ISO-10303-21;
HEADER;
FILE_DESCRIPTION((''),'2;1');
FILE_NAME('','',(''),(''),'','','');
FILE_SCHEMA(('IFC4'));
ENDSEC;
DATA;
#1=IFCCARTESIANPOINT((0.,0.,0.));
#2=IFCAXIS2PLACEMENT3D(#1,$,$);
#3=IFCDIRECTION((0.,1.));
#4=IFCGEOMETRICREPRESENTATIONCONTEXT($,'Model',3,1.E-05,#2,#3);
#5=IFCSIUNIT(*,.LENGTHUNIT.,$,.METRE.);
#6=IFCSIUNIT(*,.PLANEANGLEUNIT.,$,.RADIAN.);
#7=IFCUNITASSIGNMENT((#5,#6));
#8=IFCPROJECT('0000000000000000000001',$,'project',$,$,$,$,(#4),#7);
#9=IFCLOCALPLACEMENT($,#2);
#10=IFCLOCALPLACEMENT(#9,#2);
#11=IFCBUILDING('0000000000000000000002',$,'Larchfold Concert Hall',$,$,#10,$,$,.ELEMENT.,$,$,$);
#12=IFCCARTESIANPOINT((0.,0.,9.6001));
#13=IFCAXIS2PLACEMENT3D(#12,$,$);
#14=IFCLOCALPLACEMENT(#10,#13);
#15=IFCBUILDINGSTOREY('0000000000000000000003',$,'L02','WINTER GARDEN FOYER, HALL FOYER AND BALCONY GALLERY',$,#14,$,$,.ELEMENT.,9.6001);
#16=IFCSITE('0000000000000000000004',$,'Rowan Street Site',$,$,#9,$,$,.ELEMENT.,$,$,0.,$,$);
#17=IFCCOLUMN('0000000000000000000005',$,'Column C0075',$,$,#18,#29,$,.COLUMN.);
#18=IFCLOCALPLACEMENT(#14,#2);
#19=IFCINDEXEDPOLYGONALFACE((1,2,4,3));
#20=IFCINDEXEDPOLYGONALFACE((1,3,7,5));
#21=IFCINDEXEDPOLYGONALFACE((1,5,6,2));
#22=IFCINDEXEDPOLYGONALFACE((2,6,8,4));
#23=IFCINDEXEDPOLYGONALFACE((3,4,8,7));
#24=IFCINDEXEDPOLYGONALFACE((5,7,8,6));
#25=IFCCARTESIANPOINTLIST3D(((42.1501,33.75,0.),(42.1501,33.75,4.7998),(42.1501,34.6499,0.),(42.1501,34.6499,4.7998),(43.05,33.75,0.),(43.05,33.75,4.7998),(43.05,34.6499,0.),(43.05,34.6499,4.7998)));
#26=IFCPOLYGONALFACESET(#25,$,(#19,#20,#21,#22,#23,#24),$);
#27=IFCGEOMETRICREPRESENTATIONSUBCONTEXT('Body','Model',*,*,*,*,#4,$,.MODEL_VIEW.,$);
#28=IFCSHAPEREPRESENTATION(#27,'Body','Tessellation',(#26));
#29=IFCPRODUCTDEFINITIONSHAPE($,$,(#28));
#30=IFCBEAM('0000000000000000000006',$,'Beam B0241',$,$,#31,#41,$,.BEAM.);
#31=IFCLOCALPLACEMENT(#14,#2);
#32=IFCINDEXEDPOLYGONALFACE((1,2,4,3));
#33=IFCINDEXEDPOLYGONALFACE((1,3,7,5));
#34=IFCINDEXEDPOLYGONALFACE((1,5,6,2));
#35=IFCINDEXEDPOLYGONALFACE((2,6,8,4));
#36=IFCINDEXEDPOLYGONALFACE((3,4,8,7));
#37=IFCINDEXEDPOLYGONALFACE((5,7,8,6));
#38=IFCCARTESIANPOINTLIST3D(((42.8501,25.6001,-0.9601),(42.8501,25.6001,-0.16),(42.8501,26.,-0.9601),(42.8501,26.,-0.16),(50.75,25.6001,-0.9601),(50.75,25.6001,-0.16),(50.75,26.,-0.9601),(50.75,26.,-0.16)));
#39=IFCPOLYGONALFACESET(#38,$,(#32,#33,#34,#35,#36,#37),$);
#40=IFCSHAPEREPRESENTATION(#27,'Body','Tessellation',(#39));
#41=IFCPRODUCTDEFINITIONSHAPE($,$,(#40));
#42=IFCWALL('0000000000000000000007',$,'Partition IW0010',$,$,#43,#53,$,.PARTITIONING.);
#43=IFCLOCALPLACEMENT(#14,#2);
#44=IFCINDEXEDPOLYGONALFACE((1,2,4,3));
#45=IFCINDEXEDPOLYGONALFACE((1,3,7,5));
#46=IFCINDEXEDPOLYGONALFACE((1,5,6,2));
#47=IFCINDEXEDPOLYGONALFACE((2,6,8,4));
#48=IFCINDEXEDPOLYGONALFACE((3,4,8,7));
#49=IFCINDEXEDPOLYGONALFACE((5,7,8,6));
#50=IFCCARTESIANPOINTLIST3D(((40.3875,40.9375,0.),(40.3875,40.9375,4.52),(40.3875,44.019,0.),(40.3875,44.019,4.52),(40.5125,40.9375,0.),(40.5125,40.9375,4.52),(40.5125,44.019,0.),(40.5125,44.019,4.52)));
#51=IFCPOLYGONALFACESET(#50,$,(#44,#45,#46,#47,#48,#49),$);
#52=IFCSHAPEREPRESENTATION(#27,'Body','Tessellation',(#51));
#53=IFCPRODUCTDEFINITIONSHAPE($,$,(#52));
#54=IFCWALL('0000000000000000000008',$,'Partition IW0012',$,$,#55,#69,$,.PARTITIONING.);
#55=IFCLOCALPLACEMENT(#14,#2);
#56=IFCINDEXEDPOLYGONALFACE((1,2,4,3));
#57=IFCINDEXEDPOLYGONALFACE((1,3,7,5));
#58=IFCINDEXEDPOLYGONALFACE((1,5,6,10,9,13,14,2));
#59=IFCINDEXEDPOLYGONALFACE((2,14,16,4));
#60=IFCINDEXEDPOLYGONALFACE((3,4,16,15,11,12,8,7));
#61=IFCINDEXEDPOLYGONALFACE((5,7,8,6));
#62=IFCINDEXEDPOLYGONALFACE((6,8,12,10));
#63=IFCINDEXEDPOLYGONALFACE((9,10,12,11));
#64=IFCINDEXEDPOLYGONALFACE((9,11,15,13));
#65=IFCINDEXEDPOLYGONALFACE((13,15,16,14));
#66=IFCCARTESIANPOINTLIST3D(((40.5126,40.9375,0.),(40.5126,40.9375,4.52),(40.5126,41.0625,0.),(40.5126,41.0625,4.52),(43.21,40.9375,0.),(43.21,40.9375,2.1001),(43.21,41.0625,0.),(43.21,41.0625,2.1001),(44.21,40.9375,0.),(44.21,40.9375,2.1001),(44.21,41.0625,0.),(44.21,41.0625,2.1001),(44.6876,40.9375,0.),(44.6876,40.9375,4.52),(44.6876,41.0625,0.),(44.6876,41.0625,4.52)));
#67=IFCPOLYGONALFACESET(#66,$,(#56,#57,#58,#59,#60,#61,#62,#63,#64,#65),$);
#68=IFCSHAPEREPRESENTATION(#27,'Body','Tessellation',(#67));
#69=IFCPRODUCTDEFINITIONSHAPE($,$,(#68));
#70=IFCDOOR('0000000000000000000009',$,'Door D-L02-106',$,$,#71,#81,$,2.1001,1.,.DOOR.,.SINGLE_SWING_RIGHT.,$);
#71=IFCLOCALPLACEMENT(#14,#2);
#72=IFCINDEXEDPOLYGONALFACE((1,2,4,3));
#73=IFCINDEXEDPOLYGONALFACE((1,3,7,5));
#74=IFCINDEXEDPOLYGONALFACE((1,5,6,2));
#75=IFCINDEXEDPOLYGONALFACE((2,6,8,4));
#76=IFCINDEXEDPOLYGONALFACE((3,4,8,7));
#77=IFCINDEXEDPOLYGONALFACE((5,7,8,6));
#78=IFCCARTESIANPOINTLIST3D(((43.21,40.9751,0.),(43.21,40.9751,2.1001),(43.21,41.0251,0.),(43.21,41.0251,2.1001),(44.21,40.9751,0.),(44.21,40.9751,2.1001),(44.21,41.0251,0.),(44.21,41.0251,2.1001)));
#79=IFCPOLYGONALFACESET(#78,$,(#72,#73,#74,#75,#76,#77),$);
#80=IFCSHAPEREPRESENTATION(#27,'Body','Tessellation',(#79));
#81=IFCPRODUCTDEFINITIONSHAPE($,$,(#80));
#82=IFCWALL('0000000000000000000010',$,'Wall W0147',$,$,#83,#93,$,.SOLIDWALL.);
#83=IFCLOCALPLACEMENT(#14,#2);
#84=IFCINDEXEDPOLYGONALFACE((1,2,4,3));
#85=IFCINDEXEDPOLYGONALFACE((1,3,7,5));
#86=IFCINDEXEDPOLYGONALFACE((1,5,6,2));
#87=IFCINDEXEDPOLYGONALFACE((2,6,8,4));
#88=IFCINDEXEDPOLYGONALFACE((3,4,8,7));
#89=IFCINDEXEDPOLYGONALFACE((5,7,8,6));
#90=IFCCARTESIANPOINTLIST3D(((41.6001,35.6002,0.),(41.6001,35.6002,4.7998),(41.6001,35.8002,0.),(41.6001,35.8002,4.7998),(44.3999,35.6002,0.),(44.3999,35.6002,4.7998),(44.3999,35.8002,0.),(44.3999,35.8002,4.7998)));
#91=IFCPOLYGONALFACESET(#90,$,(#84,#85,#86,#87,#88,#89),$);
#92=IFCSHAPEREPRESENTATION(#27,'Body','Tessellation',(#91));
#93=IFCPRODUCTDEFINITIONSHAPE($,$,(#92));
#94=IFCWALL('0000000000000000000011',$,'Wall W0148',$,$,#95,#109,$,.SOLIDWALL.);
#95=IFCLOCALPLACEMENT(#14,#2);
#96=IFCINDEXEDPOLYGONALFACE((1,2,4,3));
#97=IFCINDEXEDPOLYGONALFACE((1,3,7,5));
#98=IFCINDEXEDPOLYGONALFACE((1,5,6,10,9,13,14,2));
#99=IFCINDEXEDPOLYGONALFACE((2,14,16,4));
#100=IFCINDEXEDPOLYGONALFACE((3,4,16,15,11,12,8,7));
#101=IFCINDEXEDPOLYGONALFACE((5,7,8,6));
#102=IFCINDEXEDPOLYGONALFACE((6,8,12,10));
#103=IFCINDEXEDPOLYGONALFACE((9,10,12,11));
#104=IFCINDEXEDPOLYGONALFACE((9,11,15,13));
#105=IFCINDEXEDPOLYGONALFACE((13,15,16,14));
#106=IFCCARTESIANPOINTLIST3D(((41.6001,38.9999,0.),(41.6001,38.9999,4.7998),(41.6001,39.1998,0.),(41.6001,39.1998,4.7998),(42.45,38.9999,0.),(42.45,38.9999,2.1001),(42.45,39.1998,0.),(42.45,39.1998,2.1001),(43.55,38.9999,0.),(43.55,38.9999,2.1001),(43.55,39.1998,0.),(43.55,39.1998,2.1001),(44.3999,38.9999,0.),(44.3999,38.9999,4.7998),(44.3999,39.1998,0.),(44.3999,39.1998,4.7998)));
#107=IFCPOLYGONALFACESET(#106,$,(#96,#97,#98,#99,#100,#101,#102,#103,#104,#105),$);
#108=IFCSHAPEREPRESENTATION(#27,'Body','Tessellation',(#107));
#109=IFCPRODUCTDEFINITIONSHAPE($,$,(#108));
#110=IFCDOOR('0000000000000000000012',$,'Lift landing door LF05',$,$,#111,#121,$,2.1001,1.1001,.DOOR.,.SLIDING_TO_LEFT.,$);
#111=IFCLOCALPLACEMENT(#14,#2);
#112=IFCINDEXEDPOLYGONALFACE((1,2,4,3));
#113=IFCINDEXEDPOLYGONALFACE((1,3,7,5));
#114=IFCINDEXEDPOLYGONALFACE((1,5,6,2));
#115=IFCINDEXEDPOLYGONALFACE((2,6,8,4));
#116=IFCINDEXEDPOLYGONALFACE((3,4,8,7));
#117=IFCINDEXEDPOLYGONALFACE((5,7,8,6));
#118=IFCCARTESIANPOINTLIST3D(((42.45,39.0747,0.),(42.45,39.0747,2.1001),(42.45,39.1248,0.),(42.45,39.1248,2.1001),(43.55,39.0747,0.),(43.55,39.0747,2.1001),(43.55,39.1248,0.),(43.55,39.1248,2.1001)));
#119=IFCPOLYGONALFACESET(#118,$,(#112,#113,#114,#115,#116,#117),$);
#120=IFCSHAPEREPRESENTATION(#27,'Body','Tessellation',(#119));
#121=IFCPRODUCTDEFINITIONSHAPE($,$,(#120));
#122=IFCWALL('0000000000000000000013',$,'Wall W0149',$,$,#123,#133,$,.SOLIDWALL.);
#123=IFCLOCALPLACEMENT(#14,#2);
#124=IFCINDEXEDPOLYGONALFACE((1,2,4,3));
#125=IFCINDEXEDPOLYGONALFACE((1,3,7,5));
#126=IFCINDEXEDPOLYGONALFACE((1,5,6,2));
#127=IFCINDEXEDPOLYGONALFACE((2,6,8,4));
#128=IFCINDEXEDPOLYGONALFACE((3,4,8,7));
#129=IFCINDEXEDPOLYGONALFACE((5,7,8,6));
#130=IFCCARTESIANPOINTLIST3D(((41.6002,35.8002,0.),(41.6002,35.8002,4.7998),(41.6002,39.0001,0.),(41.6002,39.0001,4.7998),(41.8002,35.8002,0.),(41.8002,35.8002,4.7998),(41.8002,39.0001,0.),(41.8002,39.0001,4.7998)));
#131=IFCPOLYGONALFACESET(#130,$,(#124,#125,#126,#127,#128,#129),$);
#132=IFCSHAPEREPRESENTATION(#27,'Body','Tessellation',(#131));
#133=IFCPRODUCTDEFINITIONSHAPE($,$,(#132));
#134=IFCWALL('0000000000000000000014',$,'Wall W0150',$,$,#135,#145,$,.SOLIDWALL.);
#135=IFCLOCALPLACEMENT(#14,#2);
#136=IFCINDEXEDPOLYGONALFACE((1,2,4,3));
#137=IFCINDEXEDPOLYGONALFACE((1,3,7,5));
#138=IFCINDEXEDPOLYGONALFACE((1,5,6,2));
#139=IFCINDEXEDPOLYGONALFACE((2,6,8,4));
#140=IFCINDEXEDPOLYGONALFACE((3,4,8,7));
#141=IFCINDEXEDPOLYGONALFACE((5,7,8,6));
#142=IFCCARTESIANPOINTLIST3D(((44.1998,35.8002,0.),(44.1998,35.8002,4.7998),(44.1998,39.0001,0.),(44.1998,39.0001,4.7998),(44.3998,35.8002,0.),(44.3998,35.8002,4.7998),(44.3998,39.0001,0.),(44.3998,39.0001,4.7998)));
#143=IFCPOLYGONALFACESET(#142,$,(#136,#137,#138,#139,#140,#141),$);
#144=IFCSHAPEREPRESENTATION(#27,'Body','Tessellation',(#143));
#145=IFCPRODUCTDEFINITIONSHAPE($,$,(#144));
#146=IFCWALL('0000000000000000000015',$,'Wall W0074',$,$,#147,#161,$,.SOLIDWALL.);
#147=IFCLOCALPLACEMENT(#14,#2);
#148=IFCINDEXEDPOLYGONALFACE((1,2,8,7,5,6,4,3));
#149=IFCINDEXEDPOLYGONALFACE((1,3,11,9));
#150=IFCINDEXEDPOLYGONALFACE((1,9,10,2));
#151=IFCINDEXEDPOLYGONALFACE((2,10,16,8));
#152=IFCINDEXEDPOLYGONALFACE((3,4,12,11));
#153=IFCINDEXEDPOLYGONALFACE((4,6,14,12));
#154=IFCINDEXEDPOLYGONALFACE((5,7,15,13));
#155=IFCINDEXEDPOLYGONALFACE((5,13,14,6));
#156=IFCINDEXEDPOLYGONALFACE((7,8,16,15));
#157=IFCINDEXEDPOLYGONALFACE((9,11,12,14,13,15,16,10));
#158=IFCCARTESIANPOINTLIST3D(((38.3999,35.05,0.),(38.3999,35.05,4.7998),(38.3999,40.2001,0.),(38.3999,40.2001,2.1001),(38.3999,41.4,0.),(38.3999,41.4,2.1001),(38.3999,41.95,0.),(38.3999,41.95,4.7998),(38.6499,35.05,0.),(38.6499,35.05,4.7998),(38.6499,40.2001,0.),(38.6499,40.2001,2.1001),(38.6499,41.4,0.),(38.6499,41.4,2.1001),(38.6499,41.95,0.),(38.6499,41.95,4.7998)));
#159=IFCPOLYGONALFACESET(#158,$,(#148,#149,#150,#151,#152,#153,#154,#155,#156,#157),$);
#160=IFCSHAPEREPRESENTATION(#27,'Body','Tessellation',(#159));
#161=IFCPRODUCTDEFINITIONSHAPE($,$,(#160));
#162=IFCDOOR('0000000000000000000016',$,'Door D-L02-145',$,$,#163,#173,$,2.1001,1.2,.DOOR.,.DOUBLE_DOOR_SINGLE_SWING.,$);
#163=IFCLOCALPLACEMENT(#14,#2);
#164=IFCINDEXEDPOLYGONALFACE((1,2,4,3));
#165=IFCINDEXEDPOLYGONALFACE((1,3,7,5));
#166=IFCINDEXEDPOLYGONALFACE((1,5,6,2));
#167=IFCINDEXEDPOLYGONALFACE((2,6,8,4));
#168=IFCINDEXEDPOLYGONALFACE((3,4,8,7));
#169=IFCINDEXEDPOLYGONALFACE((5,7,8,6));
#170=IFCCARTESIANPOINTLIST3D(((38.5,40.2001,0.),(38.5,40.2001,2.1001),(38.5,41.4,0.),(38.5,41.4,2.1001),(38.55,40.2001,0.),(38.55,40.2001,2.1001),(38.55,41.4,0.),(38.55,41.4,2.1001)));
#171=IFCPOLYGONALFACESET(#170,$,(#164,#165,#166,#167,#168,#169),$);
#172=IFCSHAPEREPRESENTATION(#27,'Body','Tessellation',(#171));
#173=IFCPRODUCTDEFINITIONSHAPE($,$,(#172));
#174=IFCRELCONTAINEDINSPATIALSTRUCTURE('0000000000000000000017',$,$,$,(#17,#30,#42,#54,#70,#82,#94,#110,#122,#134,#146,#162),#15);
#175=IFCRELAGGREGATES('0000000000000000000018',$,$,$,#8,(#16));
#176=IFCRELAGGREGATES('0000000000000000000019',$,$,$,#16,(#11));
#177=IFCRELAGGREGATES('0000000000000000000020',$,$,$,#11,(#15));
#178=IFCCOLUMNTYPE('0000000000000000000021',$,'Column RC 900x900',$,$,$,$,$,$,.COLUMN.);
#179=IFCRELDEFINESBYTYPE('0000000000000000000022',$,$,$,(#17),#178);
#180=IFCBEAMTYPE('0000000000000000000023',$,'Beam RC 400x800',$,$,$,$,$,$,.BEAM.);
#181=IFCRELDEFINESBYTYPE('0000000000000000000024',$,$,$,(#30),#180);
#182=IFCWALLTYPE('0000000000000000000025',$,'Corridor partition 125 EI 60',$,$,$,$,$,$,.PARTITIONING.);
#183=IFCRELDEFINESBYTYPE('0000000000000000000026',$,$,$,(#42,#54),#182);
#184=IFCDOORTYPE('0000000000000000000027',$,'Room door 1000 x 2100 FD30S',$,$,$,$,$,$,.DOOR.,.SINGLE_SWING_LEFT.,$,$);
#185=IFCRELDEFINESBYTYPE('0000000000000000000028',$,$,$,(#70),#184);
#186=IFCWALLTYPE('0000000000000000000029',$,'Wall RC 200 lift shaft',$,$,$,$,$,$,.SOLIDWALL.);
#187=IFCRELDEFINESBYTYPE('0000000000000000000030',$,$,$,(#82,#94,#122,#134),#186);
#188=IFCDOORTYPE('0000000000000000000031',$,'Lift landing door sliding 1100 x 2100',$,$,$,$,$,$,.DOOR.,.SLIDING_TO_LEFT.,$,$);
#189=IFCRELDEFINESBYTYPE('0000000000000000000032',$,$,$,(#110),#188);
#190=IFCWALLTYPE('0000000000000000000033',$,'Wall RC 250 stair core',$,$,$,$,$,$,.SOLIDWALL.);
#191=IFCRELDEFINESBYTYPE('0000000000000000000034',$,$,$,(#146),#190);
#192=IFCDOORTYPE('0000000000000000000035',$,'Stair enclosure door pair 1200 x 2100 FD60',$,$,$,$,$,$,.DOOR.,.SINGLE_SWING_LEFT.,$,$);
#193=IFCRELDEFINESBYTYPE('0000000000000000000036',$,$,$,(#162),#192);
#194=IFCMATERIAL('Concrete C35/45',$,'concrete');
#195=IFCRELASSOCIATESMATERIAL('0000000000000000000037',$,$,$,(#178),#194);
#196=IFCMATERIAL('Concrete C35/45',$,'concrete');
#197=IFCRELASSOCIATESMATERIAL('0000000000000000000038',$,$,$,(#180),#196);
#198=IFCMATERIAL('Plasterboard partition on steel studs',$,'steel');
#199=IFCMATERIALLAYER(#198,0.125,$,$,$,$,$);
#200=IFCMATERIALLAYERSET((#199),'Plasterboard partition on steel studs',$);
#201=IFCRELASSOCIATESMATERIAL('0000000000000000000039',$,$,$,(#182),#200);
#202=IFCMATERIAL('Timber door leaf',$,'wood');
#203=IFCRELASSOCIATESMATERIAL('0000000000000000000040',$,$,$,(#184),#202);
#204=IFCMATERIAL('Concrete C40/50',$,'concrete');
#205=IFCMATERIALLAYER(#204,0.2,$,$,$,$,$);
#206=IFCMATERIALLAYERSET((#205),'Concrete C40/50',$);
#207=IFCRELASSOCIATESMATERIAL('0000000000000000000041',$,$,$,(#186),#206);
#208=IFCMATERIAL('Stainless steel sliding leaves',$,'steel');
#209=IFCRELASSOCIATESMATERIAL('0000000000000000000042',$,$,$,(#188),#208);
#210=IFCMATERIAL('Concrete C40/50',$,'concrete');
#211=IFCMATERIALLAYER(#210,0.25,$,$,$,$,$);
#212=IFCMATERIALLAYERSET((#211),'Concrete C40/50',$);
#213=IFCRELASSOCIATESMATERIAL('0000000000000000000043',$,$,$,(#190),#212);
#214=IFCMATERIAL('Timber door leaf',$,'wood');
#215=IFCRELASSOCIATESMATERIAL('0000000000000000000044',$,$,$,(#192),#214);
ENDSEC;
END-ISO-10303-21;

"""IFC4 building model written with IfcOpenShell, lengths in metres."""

from ifc_helpers import new_model, si_unit, direction, frame, frame_2d, origin, origin_2d, place, context, subcontext, project, spatial, rectangle, extrude, material, layer, layer_set, material_profile, profile_set, type_object, element, fill, save


model = new_model("IFC4")

# Units and contexts
model_context = context("Model", 3, precision=1e-05, world=origin(), true_north=direction((0.0, 1.0)))
body_context = subcontext(model_context, "Body", "Model", "MODEL_VIEW")
ifc_project = project(units=[si_unit("LENGTHUNIT", "METRE"), si_unit("PLANEANGLEUNIT", "RADIAN")], contexts=[model_context])

# Site, building, storey
site_placement = place(None, origin())
site = spatial("IfcSite", under=ifc_project, at=site_placement, Name="Rowan Street Site", CompositionType="ELEMENT", RefElevation=0.0)
building_placement = place(site_placement, origin())
building = spatial("IfcBuilding", under=site, at=building_placement, Name="Larchfold Concert Hall", CompositionType="ELEMENT")
storey_placement = place(building_placement, frame((0.0, 0.0, 9.6001)))
storey = spatial("IfcBuildingStorey", under=building, at=storey_placement, Name="L02", Description="WINTER GARDEN FOYER, HALL FOYER AND BALCONY GALLERY", CompositionType="ELEMENT", Elevation=9.6001)

# Column
ifc_material_1 = material(Name="Concrete C35/45", Category="concrete")
ifc_material_profile_1 = material_profile(ifc_material_1, rectangle(XDim=0.8999, YDim=0.8999, at=origin_2d()))
ifc_profile_set_1 = profile_set([ifc_material_profile_1], Name="Concrete C35/45")
column_type = type_object("IfcColumnType", Name="Column RC 900x900", PredefinedType="COLUMN", material=ifc_profile_set_1)
column_placement = place(storey_placement, frame((42.6001, 34.2, 0.0), z_axis=(0.0, 0.0, 1.0), x_axis=(1.0, 0.0, 0.0)))
element("IfcColumn", 1, at=column_placement, inside=storey, type_object=column_type, Name="Column C0075", PredefinedType="COLUMN", context=body_context, shape_type="SweptSolid", body=[
    extrude(rectangle(XDim=0.8999, YDim=0.8999, at=origin_2d()), origin(), (0.0, 0.0, 1.0), 4.7998),
])

# Beam
ifc_material_2 = material(Name="Concrete C35/45", Category="concrete")
ifc_material_profile_2 = material_profile(ifc_material_2, rectangle(XDim=0.3999, YDim=0.8, at=origin_2d()))
ifc_profile_set_2 = profile_set([ifc_material_profile_2], Name="Concrete C35/45")
beam_type = type_object("IfcBeamType", Name="Beam RC 400x800", PredefinedType="BEAM", material=ifc_profile_set_2)
beam_placement = place(storey_placement, frame((42.8501, 25.8, -0.5601), z_axis=(1.0, 0.0, 0.0), x_axis=(0.0, 1.0, 0.0)))
element("IfcBeam", 2, at=beam_placement, inside=storey, type_object=beam_type, Name="Beam B0241", PredefinedType="BEAM", context=body_context, shape_type="SweptSolid", body=[
    extrude(rectangle(XDim=0.3999, YDim=0.8, at=origin_2d()), origin(), (0.0, 0.0, 1.0), 7.8999),
])

# Wall
ifc_material_3 = material(Name="Plasterboard partition on steel studs", Category="steel")
ifc_layer_1 = layer(ifc_material_3, 0.125)
ifc_layer_set_1 = layer_set([ifc_layer_1], Name="Plasterboard partition on steel studs")
wall_type_1 = type_object("IfcWallType", Name="Corridor partition 125 EI 60", PredefinedType="PARTITIONING", material=ifc_layer_set_1)
wall_1_placement = place(storey_placement, frame((40.45, 40.9375, 0.0), z_axis=(0.0, 0.0, 1.0), x_axis=(0.0, 1.0, 0.0)))
element("IfcWall", 3, at=wall_1_placement, inside=storey, type_object=wall_type_1, Name="Partition IW0010", PredefinedType="PARTITIONING", context=body_context, shape_type="SweptSolid", body=[
    extrude(rectangle(XDim=3.0815, YDim=0.125, at=frame_2d((1.5408, 0.0))), origin(), (0.0, 0.0, 1.0), 4.52),
])

# Wall, opening, door
wall_2_placement = place(storey_placement, frame((44.6875, 41.0, 0.0), z_axis=(0.0, 0.0, 1.0), x_axis=(-1.0, 0.0, 0.0)))
wall_2 = element("IfcWall", 4, at=wall_2_placement, inside=storey, type_object=wall_type_1, Name="Partition IW0012", PredefinedType="PARTITIONING", context=body_context, shape_type="SweptSolid", body=[
    extrude(rectangle(XDim=4.175, YDim=0.125, at=frame_2d((2.0874, 0.0))), origin(), (0.0, 0.0, 1.0), 4.52),
])
opening_1_placement = place(wall_2_placement, frame((0.4775, 0.0, 0.0)))
opening_1 = element("IfcOpeningElement", 5, at=opening_1_placement, cuts=wall_2, PredefinedType="OPENING", context=body_context, shape_type="SweptSolid", body=[
    extrude(rectangle(XDim=1.0, YDim=2.1001, at=frame_2d((0.5, 1.05))), frame((0.0, 0.0725, 0.0), z_axis=(0.0, -1.0, 0.0), x_axis=(1.0, 0.0, 0.0)), (0.0, 0.0, 1.0), 0.145),
])
ifc_material_4 = material(Name="Timber door leaf", Category="wood")
door_type_1 = type_object("IfcDoorType", Name="Room door 1000 x 2100 FD30S", OperationType="SINGLE_SWING_LEFT", PredefinedType="DOOR", material=ifc_material_4)
door_1_placement = place(opening_1_placement, origin())
door_1 = element("IfcDoor", 6, at=door_1_placement, inside=storey, type_object=door_type_1, Name="Door D-L02-106", OperationType="SINGLE_SWING_RIGHT", OverallHeight=2.1001, OverallWidth=1.0, PredefinedType="DOOR", context=body_context, shape_type="SweptSolid", body=[
    extrude(rectangle(XDim=1.0, YDim=2.1001, at=frame_2d((0.5, 1.05))), frame((0.0, 0.0249, 0.0), z_axis=(0.0, -1.0, 0.0), x_axis=(1.0, 0.0, 0.0)), (0.0, 0.0, 1.0), 0.05),
])
fill(opening_1, door_1)

# Wall
ifc_material_5 = material(Name="Concrete C40/50", Category="concrete")
ifc_layer_2 = layer(ifc_material_5, 0.2)
ifc_layer_set_2 = layer_set([ifc_layer_2], Name="Concrete C40/50")
wall_type_2 = type_object("IfcWallType", Name="Wall RC 200 lift shaft", PredefinedType="SOLIDWALL", material=ifc_layer_set_2)
wall_3_placement = place(storey_placement, frame((41.6001, 35.7002, 0.0), z_axis=(0.0, 0.0, 1.0), x_axis=(1.0, 0.0, 0.0)))
element("IfcWall", 7, at=wall_3_placement, inside=storey, type_object=wall_type_2, Name="Wall W0147", PredefinedType="SOLIDWALL", context=body_context, shape_type="SweptSolid", body=[
    extrude(rectangle(XDim=2.7998, YDim=0.2, at=frame_2d((1.3999, 0.0))), origin(), (0.0, 0.0, 1.0), 4.7998),
])

# Wall, opening, door
wall_4_placement = place(storey_placement, frame((41.6001, 39.0999, 0.0), z_axis=(0.0, 0.0, 1.0), x_axis=(1.0, 0.0, 0.0)))
wall_4 = element("IfcWall", 8, at=wall_4_placement, inside=storey, type_object=wall_type_2, Name="Wall W0148", PredefinedType="SOLIDWALL", context=body_context, shape_type="SweptSolid", body=[
    extrude(rectangle(XDim=2.7998, YDim=0.2, at=frame_2d((1.3999, 0.0))), origin(), (0.0, 0.0, 1.0), 4.7998),
])
opening_2_placement = place(wall_4_placement, frame((0.8499, 0.0, 0.0)))
opening_2 = element("IfcOpeningElement", 9, at=opening_2_placement, cuts=wall_4, PredefinedType="OPENING", context=body_context, shape_type="SweptSolid", body=[
    extrude(rectangle(XDim=1.1001, YDim=2.1001, at=frame_2d((0.55, 1.05))), frame((0.0, 0.1099, 0.0), z_axis=(0.0, -1.0, 0.0), x_axis=(1.0, 0.0, 0.0)), (0.0, 0.0, 1.0), 0.22),
])
ifc_material_6 = material(Name="Stainless steel sliding leaves", Category="steel")
door_type_2 = type_object("IfcDoorType", Name="Lift landing door sliding 1100 x 2100", OperationType="SLIDING_TO_LEFT", PredefinedType="DOOR", material=ifc_material_6)
door_2_placement = place(opening_2_placement, origin())
door_2 = element("IfcDoor", 10, at=door_2_placement, inside=storey, type_object=door_type_2, Name="Lift landing door LF05", OperationType="SLIDING_TO_LEFT", OverallHeight=2.1001, OverallWidth=1.1001, PredefinedType="DOOR", context=body_context, shape_type="SweptSolid", body=[
    extrude(rectangle(XDim=1.1001, YDim=2.1001, at=frame_2d((0.55, 1.05))), frame((0.0, 0.0249, 0.0), z_axis=(0.0, -1.0, 0.0), x_axis=(1.0, 0.0, 0.0)), (0.0, 0.0, 1.0), 0.05),
])
fill(opening_2, door_2)

# Walls
for number, where, z_axis, x_axis, name in (
    (11, (41.7002, 35.8, 0.0), (0.0, 0.0, 1.0), (0.0, 1.0, 0.0), "Wall W0149"),
    (12, (44.2998, 35.8, 0.0), (0.0, 0.0, 1.0), (0.0, 1.0, 0.0), "Wall W0150"),
):
    element("IfcWall", number, at=place(storey_placement, frame(where, z_axis=z_axis, x_axis=x_axis)), inside=storey, type_object=wall_type_2, Name=name, PredefinedType="SOLIDWALL", context=body_context, shape_type="SweptSolid", body=[
        extrude(rectangle(XDim=3.2, YDim=0.2, at=frame_2d((1.6001, 0.0))), origin(), (0.0, 0.0, 1.0), 4.7998),
    ])

# Wall, opening, door
ifc_material_7 = material(Name="Concrete C40/50", Category="concrete")
ifc_layer_3 = layer(ifc_material_7, 0.25)
ifc_layer_set_3 = layer_set([ifc_layer_3], Name="Concrete C40/50")
wall_type_3 = type_object("IfcWallType", Name="Wall RC 250 stair core", PredefinedType="SOLIDWALL", material=ifc_layer_set_3)
wall_5_placement = place(storey_placement, frame((38.5249, 35.05, 0.0), z_axis=(0.0, 0.0, 1.0), x_axis=(0.0, 1.0, 0.0)))
wall_5 = element("IfcWall", 13, at=wall_5_placement, inside=storey, type_object=wall_type_3, Name="Wall W0074", PredefinedType="SOLIDWALL", context=body_context, shape_type="SweptSolid", body=[
    extrude(rectangle(XDim=6.8999, YDim=0.25, at=frame_2d((3.45, 0.0))), origin(), (0.0, 0.0, 1.0), 4.7998),
])
opening_3_placement = place(wall_5_placement, frame((5.1499, 0.0, 0.0)))
opening_3 = element("IfcOpeningElement", 14, at=opening_3_placement, cuts=wall_5, PredefinedType="OPENING", context=body_context, shape_type="SweptSolid", body=[
    extrude(rectangle(XDim=1.2, YDim=2.1001, at=frame_2d((0.6001, 1.05))), frame((0.0, 0.135, 0.0), z_axis=(0.0, -1.0, 0.0), x_axis=(1.0, 0.0, 0.0)), (0.0, 0.0, 1.0), 0.27),
])
ifc_material_8 = material(Name="Timber door leaf", Category="wood")
door_type_3 = type_object("IfcDoorType", Name="Stair enclosure door pair 1200 x 2100 FD60", OperationType="SINGLE_SWING_LEFT", PredefinedType="DOOR", material=ifc_material_8)
door_3_placement = place(opening_3_placement, origin())
door_3 = element("IfcDoor", 15, at=door_3_placement, inside=storey, type_object=door_type_3, Name="Door D-L02-145", OperationType="DOUBLE_DOOR_SINGLE_SWING", OverallHeight=2.1001, OverallWidth=1.2, PredefinedType="DOOR", context=body_context, shape_type="SweptSolid", body=[
    extrude(rectangle(XDim=1.2, YDim=2.1001, at=frame_2d((0.6001, 1.05))), frame((0.0, 0.0249, 0.0), z_axis=(0.0, -1.0, 0.0), x_axis=(1.0, 0.0, 0.0)), (0.0, 0.0, 1.0), 0.05),
])
fill(opening_3, door_3)

save(model, "model.ifc")
